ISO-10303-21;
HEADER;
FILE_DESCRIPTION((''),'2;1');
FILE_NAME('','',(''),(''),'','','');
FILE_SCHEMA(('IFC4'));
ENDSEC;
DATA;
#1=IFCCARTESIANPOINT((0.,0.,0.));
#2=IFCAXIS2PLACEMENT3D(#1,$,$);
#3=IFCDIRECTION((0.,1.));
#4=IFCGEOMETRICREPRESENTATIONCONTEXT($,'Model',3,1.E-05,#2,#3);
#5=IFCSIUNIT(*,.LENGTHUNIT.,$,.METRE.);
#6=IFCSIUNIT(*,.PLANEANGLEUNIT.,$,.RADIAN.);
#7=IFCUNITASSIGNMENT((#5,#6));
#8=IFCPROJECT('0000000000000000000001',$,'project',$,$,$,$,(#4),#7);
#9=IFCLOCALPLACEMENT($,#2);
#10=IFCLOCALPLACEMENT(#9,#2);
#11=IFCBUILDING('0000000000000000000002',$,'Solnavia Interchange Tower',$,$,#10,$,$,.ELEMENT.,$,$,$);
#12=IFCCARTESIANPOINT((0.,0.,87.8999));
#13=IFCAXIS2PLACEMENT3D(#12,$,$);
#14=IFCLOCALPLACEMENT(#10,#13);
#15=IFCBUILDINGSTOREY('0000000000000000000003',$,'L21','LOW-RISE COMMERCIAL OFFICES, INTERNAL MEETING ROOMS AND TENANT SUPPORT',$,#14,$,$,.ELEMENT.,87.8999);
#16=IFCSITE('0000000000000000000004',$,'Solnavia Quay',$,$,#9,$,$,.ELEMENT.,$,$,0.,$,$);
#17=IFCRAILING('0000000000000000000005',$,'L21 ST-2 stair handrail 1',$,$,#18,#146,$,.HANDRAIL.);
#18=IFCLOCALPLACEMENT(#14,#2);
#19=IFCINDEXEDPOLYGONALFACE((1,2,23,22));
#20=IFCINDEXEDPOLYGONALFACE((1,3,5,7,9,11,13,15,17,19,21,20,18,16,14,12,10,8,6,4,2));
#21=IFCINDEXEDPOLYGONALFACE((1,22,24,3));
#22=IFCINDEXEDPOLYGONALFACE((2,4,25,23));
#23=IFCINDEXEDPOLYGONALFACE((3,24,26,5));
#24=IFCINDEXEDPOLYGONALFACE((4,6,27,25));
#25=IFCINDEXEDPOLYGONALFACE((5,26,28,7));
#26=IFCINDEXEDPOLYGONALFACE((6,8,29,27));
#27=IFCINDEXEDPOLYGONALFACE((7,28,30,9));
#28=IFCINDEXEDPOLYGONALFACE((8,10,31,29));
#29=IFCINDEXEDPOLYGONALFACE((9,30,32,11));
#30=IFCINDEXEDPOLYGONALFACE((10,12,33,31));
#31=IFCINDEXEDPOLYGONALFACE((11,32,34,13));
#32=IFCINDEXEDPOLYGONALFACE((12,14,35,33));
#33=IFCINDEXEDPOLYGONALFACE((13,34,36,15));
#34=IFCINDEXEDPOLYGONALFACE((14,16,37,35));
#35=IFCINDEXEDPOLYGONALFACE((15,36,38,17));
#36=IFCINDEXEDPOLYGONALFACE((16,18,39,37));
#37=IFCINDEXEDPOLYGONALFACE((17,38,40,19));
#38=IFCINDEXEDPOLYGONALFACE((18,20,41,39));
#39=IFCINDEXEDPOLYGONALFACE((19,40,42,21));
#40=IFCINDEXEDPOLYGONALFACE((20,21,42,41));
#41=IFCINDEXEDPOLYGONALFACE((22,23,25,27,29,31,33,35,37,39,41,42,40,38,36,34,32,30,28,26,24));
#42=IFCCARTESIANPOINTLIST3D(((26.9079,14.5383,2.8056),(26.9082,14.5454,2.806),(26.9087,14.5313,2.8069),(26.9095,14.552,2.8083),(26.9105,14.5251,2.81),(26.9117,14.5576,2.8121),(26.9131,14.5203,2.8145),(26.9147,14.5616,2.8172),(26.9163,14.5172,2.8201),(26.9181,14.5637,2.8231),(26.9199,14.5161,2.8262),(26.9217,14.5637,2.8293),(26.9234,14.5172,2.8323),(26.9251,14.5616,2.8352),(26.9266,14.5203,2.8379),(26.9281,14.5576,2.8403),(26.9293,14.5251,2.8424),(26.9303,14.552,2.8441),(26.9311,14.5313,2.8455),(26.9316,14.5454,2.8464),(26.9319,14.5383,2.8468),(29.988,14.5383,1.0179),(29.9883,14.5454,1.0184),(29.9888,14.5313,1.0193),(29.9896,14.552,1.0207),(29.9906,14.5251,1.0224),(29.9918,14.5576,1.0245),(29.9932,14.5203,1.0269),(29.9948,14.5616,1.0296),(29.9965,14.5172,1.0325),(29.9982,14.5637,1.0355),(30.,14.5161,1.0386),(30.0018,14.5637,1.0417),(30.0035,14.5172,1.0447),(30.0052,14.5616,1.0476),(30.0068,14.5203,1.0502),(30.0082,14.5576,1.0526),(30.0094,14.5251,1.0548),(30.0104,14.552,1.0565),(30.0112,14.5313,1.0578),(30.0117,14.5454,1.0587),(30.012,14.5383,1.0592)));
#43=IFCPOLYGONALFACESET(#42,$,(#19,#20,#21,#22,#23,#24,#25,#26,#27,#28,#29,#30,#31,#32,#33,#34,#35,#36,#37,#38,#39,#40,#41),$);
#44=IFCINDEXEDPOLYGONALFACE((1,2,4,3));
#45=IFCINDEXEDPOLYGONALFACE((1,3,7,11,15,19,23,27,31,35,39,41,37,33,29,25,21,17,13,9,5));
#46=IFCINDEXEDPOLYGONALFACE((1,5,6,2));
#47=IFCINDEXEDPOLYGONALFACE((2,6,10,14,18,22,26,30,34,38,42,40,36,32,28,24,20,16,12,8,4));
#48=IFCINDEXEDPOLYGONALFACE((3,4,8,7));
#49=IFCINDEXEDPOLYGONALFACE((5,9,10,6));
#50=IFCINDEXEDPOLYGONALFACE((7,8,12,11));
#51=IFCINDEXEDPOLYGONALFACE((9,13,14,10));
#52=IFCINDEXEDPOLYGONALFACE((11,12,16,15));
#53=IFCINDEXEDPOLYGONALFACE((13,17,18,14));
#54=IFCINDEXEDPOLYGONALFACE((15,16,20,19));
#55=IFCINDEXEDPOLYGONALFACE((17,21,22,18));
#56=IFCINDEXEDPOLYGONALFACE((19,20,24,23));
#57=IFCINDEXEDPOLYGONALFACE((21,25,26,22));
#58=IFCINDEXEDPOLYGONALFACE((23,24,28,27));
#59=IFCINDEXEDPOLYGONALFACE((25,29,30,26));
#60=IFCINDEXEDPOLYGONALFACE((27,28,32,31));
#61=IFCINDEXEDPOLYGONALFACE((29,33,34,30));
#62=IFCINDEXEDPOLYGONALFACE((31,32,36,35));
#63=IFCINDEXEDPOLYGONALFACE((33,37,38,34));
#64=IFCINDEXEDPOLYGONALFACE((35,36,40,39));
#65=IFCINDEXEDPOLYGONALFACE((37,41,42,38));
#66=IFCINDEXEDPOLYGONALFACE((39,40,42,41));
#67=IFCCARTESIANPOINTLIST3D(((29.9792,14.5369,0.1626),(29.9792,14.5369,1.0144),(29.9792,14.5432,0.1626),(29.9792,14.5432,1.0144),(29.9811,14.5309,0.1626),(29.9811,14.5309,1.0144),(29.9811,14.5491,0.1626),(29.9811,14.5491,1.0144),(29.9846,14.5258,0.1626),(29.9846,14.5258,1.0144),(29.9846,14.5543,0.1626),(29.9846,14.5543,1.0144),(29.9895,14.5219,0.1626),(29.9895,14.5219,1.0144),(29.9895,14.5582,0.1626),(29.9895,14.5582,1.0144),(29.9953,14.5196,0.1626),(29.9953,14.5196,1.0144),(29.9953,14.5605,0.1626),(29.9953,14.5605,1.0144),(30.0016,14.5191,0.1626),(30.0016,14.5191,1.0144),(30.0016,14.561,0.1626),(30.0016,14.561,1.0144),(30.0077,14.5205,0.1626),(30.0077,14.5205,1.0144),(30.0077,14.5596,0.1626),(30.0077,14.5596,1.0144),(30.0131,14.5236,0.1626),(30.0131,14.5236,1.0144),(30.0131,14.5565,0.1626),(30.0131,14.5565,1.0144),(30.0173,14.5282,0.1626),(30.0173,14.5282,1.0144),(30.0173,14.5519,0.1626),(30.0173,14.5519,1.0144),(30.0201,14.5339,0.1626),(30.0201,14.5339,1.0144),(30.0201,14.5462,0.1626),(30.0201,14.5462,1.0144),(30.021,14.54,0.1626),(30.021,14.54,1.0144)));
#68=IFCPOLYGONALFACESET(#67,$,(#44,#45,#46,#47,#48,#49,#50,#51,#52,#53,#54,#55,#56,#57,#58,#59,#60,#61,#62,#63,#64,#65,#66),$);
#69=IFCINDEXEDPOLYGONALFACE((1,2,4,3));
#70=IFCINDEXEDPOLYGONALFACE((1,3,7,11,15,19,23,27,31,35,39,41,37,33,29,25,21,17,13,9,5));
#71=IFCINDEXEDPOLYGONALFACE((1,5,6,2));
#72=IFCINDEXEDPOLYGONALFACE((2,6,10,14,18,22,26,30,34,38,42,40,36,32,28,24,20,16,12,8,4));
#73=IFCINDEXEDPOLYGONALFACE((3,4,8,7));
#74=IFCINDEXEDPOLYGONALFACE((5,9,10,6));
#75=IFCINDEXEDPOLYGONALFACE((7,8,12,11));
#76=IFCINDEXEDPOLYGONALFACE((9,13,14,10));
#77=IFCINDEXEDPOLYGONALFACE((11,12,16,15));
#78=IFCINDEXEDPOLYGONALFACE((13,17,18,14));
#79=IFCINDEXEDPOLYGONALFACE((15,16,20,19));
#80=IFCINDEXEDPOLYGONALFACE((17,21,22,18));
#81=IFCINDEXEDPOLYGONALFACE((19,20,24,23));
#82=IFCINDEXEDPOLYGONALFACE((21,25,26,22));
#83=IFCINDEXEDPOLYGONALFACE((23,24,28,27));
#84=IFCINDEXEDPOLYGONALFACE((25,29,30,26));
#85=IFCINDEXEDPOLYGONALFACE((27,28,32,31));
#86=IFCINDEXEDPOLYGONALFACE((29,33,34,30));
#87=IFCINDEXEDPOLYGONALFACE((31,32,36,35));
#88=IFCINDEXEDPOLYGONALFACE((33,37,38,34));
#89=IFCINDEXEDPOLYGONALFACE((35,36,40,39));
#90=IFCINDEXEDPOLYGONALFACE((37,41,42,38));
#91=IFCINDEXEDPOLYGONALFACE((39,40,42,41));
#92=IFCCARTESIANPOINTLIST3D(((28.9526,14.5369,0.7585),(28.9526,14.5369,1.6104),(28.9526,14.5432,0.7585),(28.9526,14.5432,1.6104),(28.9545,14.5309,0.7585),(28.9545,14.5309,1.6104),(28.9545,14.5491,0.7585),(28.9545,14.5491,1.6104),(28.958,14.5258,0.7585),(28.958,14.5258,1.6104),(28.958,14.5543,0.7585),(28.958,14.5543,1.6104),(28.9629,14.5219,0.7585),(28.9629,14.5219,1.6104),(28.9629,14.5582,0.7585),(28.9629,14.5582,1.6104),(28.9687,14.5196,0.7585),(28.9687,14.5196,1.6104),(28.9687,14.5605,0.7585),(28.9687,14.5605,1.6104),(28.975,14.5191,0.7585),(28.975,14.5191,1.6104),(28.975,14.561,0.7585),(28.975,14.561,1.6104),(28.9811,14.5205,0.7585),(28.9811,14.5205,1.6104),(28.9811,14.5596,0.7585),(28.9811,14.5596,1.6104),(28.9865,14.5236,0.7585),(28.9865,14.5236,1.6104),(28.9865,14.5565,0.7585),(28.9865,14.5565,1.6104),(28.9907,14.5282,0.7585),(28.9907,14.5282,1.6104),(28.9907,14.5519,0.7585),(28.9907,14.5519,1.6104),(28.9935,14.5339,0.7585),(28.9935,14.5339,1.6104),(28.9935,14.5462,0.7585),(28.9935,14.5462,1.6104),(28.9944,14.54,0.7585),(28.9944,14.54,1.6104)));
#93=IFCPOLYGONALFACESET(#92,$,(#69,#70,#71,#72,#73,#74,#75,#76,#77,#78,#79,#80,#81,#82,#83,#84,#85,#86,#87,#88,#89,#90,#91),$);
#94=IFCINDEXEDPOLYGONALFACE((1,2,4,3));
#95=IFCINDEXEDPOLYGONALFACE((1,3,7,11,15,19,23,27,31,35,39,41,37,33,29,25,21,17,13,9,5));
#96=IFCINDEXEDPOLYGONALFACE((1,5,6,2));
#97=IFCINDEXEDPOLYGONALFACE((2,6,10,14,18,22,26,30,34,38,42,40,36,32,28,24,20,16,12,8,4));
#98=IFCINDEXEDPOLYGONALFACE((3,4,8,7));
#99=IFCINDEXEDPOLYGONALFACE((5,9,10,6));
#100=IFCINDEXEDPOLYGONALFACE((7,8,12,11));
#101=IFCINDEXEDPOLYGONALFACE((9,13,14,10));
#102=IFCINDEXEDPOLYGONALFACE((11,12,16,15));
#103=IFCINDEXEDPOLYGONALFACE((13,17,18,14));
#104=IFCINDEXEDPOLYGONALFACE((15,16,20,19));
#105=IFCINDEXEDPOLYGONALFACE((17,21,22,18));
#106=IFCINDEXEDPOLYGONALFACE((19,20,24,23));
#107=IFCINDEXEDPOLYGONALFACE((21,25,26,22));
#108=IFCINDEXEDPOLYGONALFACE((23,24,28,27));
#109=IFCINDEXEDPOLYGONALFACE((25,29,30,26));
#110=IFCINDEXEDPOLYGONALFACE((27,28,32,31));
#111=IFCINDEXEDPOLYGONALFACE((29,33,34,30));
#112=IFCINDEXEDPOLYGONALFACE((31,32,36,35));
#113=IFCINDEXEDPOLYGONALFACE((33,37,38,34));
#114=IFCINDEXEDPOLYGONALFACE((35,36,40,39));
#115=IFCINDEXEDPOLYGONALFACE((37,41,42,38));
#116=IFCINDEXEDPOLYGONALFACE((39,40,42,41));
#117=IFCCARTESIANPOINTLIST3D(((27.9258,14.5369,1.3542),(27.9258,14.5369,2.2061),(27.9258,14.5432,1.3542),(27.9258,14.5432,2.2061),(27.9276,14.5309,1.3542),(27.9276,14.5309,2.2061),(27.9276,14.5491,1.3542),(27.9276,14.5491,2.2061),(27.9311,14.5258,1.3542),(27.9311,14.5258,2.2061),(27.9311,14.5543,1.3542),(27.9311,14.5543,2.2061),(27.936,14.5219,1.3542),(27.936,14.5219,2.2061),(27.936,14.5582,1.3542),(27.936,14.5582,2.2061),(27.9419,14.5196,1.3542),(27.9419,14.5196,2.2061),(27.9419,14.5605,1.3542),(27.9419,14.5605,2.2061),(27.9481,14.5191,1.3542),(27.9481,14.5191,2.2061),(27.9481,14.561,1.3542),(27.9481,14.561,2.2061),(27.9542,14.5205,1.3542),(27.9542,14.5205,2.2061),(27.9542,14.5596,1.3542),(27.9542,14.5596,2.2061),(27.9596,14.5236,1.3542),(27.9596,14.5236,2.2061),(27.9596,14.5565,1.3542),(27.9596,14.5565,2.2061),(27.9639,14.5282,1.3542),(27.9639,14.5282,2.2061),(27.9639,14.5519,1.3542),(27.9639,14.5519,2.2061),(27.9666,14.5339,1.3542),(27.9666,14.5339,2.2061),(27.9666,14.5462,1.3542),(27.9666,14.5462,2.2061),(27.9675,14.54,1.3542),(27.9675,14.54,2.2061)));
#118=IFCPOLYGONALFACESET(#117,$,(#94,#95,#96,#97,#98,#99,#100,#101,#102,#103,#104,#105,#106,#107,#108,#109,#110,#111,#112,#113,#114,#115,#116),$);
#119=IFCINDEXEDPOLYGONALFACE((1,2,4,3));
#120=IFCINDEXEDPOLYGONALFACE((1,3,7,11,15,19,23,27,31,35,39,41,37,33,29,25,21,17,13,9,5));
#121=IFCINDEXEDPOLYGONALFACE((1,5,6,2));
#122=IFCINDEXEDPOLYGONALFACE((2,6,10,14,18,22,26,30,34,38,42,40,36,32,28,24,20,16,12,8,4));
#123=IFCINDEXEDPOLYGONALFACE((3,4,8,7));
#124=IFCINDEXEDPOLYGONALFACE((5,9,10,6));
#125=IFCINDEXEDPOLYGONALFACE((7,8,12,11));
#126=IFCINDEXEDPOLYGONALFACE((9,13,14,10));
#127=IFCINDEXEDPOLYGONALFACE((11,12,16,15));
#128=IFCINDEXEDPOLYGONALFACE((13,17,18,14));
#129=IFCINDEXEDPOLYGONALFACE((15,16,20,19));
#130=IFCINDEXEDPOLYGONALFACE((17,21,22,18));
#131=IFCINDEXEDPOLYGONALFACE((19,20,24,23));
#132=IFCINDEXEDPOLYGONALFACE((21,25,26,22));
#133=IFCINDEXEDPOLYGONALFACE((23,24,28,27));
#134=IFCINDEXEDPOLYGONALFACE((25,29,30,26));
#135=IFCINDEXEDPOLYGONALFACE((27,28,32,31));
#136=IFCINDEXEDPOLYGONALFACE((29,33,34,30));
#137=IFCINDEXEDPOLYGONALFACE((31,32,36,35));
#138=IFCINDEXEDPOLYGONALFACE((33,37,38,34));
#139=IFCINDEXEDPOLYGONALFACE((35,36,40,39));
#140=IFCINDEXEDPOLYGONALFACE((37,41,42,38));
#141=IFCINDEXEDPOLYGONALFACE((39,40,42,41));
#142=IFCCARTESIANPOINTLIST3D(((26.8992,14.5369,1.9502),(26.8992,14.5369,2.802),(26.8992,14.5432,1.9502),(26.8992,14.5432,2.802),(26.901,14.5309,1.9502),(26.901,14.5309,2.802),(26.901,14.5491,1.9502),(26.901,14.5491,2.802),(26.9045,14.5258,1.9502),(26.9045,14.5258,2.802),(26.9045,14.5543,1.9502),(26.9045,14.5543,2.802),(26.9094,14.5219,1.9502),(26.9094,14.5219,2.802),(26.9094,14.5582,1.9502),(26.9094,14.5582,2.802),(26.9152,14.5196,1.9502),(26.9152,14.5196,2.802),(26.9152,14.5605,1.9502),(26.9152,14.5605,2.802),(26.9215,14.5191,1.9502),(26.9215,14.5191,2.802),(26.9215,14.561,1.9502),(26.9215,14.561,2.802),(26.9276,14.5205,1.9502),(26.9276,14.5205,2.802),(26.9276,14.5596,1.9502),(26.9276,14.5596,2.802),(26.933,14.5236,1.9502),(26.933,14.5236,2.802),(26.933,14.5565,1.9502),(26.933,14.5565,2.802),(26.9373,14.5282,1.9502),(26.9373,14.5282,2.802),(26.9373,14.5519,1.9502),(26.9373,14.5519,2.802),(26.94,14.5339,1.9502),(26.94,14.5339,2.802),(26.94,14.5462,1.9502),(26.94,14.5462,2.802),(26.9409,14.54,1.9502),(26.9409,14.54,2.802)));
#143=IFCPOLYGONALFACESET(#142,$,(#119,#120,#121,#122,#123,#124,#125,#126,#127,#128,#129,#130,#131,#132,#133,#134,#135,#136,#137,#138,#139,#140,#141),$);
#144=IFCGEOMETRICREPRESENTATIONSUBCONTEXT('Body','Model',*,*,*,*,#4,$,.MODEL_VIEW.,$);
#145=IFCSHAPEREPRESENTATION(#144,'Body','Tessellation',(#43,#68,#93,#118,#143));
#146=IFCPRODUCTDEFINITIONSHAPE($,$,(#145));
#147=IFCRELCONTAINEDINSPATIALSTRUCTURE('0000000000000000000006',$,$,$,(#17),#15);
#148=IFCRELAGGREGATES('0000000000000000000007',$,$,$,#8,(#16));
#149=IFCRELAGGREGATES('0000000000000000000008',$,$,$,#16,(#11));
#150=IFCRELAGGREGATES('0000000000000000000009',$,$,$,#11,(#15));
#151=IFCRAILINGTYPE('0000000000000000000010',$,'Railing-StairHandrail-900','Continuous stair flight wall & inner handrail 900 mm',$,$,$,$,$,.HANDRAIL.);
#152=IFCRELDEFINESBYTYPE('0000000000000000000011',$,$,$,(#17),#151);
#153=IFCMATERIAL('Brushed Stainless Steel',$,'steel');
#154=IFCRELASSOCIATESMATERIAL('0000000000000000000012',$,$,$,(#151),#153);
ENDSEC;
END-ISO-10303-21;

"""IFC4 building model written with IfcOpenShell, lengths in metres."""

from ifc_helpers import new_model, si_unit, direction, frame, origin, origin_2d, place, context, subcontext, project, spatial, circle, extrude, material, type_object, element, save


model = new_model("IFC4")

# Units and contexts
model_context = context("Model", 3, precision=1e-05, world=origin(), true_north=direction((0.0, 1.0)))
body_context = subcontext(model_context, "Body", "Model", "MODEL_VIEW")
ifc_project = project(units=[si_unit("LENGTHUNIT", "METRE"), si_unit("PLANEANGLEUNIT", "RADIAN")], contexts=[model_context])

# Site, building, storey
site_placement = place(None, origin())
site = spatial("IfcSite", under=ifc_project, at=site_placement, Name="Solnavia Quay", CompositionType="ELEMENT", RefElevation=0.0)
building_placement = place(site_placement, origin())
building = spatial("IfcBuilding", under=site, at=building_placement, Name="Solnavia Interchange Tower", CompositionType="ELEMENT")
storey_placement = place(building_placement, frame((0.0, 0.0, 87.8999)))
storey = spatial("IfcBuildingStorey", under=building, at=storey_placement, Name="L21", Description="LOW-RISE COMMERCIAL OFFICES, INTERNAL MEETING ROOMS AND TENANT SUPPORT", CompositionType="ELEMENT", Elevation=87.8999)

# Railing
ifc_material_1 = material(Name="Brushed Stainless Steel", Category="steel")
railing_type = type_object("IfcRailingType", Name="Railing-StairHandrail-900", Description="Continuous stair flight wall & inner handrail 900 mm", PredefinedType="HANDRAIL", material=ifc_material_1)
railing_placement = place(storey_placement, frame((30.0, 14.54, 0.1626)))
element("IfcRailing", 1, at=railing_placement, inside=storey, type_object=railing_type, Name="L21 ST-2 stair handrail 1", PredefinedType="HANDRAIL", context=body_context, shape_type="SweptSolid", body=[
    extrude(circle(Radius=0.0239, at=origin_2d()), frame((0.0, 0.0, 0.876), z_axis=(-0.864891, 0.0, 0.50196), x_axis=(0.0, -1.0, 0.0)), (0.0, 0.0, 1.0), 3.5613),
    extrude(circle(Radius=0.021, at=origin_2d()), origin(), (0.0, 0.0, 1.0), 0.8518),
    extrude(circle(Radius=0.021, at=origin_2d()), frame((-1.0266, 0.0, 0.5959)), (0.0, 0.0, 1.0), 0.8518),
    extrude(circle(Radius=0.021, at=origin_2d()), frame((-2.0535, 0.0, 1.1917)), (0.0, 0.0, 1.0), 0.8518),
    extrude(circle(Radius=0.021, at=origin_2d()), frame((-3.0801, 0.0, 1.7876)), (0.0, 0.0, 1.0), 0.8518),
])

save(model, "model.ifc")
